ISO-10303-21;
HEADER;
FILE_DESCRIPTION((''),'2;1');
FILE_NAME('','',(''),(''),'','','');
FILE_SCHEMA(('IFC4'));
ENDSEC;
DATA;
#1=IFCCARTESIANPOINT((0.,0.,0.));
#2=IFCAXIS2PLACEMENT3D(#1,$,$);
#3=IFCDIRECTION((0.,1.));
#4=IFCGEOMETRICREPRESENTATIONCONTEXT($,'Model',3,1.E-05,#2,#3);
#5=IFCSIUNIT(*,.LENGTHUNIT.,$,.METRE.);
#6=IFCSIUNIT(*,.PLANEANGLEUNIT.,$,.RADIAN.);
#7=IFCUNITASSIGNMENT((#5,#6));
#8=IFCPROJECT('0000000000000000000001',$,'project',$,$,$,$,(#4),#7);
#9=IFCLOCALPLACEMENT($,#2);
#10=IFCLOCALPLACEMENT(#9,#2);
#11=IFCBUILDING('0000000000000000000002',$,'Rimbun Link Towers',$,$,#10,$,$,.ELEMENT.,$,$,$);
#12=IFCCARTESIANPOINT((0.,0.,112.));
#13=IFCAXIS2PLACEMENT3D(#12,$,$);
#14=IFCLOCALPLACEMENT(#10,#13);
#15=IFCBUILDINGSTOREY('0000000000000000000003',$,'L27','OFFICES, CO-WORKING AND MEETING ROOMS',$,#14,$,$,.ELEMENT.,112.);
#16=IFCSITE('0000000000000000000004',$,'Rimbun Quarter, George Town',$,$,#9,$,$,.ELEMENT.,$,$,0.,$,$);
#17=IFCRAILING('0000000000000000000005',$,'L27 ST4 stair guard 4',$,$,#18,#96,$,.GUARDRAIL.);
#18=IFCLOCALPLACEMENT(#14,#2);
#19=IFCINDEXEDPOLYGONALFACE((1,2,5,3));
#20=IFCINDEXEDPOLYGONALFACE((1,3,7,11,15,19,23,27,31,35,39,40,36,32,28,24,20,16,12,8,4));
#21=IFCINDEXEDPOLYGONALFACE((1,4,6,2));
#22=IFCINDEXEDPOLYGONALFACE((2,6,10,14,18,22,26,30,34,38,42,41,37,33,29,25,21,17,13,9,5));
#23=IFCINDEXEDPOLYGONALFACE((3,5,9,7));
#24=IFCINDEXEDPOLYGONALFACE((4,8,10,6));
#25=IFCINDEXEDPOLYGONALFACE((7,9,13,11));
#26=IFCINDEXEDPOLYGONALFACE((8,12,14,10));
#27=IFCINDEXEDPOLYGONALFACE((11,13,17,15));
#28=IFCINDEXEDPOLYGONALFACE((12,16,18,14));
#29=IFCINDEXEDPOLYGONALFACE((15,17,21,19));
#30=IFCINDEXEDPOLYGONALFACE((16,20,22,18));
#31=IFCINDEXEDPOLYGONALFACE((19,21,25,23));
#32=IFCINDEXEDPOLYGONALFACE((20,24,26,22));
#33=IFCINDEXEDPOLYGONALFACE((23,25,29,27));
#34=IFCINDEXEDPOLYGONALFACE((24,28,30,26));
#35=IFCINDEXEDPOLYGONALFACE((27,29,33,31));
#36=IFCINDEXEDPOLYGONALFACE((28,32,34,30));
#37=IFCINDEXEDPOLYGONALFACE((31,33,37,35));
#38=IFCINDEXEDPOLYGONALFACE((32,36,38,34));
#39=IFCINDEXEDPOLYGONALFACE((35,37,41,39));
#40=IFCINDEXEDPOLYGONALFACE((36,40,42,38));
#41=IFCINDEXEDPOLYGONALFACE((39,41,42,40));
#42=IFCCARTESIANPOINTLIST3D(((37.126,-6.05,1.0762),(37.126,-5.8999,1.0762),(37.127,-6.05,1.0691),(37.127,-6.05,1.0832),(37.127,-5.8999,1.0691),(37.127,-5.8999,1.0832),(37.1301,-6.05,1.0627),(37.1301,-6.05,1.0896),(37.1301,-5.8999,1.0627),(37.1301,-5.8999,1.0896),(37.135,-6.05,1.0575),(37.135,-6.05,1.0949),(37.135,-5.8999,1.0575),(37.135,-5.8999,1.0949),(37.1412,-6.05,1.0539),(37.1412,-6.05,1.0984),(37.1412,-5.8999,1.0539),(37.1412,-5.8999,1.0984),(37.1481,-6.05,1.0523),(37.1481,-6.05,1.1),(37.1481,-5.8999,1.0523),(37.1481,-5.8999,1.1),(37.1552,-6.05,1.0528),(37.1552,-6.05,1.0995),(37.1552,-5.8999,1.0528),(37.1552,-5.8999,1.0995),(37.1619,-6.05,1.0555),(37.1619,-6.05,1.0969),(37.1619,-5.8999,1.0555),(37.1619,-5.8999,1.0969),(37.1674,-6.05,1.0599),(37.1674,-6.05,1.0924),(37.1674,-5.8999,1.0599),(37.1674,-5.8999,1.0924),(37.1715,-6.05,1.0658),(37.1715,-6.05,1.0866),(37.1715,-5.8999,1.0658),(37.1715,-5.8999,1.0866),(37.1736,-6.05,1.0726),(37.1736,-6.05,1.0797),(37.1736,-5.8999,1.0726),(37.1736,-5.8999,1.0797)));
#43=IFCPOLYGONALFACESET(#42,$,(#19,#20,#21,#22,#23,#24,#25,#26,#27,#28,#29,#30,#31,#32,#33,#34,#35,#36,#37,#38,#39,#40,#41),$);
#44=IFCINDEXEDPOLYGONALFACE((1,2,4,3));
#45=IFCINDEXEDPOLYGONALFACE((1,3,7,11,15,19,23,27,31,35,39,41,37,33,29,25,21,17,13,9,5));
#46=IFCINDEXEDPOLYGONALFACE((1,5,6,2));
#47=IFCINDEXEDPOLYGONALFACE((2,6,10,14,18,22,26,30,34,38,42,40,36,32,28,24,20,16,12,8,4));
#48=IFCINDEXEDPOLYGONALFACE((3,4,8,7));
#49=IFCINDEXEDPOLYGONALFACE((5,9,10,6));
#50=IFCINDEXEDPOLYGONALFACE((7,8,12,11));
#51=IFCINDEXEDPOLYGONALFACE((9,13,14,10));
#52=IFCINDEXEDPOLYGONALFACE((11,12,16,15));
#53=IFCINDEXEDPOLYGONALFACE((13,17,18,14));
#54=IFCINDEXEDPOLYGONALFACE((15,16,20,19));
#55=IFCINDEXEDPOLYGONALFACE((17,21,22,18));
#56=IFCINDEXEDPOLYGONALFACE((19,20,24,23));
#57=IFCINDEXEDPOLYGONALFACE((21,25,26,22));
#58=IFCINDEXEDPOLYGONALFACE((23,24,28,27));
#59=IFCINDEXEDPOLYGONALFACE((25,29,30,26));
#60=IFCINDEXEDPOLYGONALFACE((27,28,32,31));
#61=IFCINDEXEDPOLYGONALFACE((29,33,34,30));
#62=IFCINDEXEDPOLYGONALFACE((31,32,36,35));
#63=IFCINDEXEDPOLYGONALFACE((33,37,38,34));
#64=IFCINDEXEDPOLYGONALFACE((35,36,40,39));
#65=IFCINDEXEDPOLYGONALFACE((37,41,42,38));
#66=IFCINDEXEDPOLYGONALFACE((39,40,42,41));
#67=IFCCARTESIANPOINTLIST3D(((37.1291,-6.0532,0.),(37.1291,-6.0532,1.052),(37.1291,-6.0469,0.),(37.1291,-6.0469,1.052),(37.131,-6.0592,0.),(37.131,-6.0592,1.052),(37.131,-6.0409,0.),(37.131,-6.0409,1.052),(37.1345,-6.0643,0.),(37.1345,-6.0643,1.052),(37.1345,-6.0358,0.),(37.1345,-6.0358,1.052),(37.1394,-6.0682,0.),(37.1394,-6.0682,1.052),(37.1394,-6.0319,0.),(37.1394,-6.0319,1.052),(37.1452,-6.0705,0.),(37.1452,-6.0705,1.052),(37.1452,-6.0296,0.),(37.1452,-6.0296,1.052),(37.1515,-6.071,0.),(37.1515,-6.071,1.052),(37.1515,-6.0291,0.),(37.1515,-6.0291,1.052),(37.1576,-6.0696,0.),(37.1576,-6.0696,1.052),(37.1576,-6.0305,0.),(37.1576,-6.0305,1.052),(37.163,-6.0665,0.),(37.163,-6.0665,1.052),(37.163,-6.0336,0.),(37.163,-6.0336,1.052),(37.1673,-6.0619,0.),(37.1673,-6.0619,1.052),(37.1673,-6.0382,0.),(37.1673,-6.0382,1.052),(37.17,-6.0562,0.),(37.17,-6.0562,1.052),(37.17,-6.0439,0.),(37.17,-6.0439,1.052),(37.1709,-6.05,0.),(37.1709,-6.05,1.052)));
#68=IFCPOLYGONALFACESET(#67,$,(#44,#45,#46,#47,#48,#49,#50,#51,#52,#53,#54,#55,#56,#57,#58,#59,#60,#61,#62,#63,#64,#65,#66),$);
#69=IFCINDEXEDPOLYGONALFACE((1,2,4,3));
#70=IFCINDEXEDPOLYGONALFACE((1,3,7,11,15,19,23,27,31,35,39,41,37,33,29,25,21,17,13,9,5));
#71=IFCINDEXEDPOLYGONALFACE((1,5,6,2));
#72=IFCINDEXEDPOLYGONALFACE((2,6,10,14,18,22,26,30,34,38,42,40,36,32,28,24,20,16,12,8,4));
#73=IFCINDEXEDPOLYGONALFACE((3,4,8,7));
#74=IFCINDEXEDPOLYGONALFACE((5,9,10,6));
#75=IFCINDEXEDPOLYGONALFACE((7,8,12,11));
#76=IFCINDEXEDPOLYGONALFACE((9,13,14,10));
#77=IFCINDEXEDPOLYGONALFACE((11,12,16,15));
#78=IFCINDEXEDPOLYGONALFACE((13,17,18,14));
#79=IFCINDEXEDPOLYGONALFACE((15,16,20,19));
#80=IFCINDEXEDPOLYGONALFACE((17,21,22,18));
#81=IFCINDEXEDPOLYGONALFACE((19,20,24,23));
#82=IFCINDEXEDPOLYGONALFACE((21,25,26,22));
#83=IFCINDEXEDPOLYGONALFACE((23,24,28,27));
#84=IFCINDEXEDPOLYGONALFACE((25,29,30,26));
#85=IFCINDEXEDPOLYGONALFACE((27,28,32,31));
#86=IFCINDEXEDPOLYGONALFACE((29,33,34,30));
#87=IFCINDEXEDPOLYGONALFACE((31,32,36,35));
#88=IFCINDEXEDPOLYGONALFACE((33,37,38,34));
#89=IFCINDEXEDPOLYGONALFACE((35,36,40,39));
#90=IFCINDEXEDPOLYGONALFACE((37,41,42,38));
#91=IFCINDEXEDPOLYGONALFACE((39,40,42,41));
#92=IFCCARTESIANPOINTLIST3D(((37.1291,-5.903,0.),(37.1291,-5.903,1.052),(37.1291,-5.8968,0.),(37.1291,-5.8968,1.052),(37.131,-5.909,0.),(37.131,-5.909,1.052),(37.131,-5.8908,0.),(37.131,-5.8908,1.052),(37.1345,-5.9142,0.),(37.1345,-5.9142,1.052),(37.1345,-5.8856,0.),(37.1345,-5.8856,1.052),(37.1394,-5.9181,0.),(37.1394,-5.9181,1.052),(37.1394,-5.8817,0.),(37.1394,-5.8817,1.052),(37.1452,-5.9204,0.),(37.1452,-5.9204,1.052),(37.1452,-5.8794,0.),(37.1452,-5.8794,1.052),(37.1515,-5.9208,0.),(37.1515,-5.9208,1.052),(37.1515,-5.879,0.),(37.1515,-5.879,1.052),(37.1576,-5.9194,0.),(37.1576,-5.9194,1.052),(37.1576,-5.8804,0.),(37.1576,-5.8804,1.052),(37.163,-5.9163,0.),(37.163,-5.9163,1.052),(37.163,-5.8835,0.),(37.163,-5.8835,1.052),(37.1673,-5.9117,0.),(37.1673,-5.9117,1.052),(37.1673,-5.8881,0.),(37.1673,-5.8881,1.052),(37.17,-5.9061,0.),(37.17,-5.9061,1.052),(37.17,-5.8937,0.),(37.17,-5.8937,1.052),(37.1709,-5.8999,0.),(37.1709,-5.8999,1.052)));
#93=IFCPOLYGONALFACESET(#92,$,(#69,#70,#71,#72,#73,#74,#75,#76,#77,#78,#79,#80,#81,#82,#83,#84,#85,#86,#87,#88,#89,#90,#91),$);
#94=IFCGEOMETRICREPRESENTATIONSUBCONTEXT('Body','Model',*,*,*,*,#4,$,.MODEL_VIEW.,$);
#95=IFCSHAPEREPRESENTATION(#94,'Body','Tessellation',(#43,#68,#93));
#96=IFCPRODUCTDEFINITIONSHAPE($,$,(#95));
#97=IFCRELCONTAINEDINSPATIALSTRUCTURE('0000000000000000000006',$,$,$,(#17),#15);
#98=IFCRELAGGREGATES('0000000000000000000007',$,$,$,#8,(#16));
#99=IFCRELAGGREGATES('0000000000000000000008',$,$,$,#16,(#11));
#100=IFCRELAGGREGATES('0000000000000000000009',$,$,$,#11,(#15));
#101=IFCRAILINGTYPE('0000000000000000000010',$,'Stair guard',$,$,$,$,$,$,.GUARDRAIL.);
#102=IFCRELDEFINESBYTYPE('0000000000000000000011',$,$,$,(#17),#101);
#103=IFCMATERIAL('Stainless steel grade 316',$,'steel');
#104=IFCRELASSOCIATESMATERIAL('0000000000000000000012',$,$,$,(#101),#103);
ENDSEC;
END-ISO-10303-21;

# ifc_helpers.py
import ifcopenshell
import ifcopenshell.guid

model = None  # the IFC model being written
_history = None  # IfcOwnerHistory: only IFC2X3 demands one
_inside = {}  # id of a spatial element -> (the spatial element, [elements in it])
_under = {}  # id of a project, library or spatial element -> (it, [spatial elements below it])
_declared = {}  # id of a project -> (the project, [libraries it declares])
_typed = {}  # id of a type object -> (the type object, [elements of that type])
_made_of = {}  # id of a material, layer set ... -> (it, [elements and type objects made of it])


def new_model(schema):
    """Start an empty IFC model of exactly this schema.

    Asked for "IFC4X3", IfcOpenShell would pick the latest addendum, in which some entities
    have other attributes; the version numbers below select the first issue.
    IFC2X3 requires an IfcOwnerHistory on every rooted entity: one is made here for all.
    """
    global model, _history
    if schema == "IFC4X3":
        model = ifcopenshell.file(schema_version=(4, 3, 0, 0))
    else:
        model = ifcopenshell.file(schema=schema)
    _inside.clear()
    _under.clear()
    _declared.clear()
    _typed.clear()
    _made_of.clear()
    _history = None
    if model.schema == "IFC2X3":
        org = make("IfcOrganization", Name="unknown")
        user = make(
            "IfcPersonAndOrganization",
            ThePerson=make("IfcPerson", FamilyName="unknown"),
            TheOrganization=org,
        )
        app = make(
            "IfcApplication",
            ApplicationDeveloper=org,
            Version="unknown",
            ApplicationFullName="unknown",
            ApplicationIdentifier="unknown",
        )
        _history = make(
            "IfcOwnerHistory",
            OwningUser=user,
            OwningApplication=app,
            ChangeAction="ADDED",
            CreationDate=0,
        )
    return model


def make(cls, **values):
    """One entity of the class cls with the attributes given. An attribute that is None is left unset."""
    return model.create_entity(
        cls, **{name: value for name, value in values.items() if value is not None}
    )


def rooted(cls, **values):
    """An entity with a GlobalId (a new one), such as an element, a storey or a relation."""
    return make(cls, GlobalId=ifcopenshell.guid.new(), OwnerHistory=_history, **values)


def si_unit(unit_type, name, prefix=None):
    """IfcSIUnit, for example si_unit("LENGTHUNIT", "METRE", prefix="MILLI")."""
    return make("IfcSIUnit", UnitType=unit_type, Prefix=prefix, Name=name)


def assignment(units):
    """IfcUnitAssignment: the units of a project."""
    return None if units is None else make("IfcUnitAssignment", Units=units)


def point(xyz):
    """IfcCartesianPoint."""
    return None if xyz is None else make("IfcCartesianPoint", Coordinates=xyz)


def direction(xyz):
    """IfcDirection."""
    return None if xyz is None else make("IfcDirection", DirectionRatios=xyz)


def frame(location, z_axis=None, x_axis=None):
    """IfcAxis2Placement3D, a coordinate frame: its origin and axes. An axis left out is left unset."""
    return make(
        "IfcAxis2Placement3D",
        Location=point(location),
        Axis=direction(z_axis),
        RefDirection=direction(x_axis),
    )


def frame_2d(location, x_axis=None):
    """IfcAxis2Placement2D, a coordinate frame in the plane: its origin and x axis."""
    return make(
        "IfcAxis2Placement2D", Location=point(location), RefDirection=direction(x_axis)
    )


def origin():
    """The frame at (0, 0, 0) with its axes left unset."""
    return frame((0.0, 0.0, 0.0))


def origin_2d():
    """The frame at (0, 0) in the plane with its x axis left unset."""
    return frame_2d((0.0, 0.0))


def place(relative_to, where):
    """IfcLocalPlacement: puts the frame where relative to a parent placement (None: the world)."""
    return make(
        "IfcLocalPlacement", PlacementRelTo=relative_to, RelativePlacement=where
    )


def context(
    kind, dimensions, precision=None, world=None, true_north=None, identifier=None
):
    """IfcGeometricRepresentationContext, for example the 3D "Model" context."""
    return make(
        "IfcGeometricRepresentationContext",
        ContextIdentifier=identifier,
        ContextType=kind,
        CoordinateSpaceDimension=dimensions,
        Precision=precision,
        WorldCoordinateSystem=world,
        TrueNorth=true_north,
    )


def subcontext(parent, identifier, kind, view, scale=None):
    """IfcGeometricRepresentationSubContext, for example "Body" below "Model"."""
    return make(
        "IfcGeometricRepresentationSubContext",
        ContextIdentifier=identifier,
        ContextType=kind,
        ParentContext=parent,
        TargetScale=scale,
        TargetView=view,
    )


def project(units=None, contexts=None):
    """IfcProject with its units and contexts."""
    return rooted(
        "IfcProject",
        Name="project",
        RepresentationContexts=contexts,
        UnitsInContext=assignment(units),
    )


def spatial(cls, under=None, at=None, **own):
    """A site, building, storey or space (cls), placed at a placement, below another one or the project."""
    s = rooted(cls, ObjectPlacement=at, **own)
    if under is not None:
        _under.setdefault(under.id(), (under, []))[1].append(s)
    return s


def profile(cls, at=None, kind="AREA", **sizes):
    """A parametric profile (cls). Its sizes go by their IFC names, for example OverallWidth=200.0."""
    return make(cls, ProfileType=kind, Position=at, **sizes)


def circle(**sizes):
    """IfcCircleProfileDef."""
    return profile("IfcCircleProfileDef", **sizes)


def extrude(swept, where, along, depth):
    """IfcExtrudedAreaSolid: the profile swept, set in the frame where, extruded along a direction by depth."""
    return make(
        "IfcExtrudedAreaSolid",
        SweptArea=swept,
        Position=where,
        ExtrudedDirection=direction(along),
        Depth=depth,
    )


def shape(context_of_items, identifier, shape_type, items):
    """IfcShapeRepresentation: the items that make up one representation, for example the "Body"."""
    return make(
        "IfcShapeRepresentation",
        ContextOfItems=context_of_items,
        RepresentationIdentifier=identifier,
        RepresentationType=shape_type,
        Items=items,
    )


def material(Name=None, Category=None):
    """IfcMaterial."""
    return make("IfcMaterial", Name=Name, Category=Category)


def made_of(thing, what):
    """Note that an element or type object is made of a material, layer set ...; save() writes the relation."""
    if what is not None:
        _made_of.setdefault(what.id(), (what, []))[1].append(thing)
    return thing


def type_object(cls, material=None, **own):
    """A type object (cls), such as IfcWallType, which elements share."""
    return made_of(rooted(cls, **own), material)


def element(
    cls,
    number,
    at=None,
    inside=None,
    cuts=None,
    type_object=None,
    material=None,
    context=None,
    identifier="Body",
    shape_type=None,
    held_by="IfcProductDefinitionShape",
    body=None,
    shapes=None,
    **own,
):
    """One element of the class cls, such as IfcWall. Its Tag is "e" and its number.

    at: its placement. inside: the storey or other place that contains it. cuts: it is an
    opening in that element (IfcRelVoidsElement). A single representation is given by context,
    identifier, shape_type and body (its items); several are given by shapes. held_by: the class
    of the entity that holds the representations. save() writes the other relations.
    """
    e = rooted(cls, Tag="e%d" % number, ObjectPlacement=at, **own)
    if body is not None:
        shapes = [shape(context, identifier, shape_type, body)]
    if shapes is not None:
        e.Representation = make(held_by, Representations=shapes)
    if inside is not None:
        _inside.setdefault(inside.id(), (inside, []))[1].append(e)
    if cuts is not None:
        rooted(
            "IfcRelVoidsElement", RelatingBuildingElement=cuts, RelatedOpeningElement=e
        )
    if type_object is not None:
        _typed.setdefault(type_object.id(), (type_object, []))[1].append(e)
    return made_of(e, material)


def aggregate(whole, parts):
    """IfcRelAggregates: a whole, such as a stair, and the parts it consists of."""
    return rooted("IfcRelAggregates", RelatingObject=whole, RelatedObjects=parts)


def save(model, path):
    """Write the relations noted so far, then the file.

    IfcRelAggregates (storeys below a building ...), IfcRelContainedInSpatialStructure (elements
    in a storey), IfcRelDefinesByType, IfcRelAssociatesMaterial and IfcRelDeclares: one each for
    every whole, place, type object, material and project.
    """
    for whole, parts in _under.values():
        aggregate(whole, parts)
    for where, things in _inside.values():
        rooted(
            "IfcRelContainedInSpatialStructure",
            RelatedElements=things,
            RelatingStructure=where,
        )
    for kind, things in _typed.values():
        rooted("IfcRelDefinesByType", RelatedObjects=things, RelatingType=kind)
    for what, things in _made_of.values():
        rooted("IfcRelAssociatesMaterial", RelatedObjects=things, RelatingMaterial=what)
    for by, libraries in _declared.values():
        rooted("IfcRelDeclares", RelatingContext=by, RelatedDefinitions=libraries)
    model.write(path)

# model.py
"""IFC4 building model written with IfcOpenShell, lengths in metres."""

from ifc_helpers import new_model, si_unit, direction, frame, origin, origin_2d, place, context, subcontext, project, spatial, circle, extrude, material, type_object, element, save


model = new_model("IFC4")

# Units and contexts
model_context = context("Model", 3, precision=1e-05, world=origin(), true_north=direction((0.0, 1.0)))
body_context = subcontext(model_context, "Body", "Model", "MODEL_VIEW")
ifc_project = project(units=[si_unit("LENGTHUNIT", "METRE"), si_unit("PLANEANGLEUNIT", "RADIAN")], contexts=[model_context])

# Site, building, storey
site_placement = place(None, origin())
site = spatial("IfcSite", under=ifc_project, at=site_placement, Name="Rimbun Quarter, George Town", CompositionType="ELEMENT", RefElevation=0.0)
building_placement = place(site_placement, origin())
building = spatial("IfcBuilding", under=site, at=building_placement, Name="Rimbun Link Towers", CompositionType="ELEMENT")
storey_placement = place(building_placement, frame((0.0, 0.0, 112.0)))
storey = spatial("IfcBuildingStorey", under=building, at=storey_placement, Name="L27", Description="OFFICES, CO-WORKING AND MEETING ROOMS", CompositionType="ELEMENT", Elevation=112.0)

# Railing
ifc_material_1 = material(Name="Stainless steel grade 316", Category="steel")
railing_type_1 = type_object("IfcRailingType", Name="Stair guard", PredefinedType="GUARDRAIL", material=ifc_material_1)
railing_1_placement = place(storey_placement, frame((37.1499, -6.05, 0.0)))
element("IfcRailing", 1, at=railing_1_placement, inside=storey, type_object=railing_type_1, Name="L27 ST4 stair guard 4", PredefinedType="GUARDRAIL", context=body_context, shape_type="SweptSolid", body=[
    extrude(circle(Radius=0.0239, at=origin_2d()), frame((0.0, 0.0, 1.0762), z_axis=(0.0, 1.0, 0.0), x_axis=(-1.0, 0.0, 0.0)), (0.0, 0.0, 1.0), 0.1501),
    extrude(circle(Radius=0.021, at=origin_2d()), origin(), (0.0, 0.0, 1.0), 1.052),
    extrude(circle(Radius=0.021, at=origin_2d()), frame((0.0, 0.1501, 0.0)), (0.0, 0.0, 1.0), 1.052),
])

save(model, "model.ifc")
